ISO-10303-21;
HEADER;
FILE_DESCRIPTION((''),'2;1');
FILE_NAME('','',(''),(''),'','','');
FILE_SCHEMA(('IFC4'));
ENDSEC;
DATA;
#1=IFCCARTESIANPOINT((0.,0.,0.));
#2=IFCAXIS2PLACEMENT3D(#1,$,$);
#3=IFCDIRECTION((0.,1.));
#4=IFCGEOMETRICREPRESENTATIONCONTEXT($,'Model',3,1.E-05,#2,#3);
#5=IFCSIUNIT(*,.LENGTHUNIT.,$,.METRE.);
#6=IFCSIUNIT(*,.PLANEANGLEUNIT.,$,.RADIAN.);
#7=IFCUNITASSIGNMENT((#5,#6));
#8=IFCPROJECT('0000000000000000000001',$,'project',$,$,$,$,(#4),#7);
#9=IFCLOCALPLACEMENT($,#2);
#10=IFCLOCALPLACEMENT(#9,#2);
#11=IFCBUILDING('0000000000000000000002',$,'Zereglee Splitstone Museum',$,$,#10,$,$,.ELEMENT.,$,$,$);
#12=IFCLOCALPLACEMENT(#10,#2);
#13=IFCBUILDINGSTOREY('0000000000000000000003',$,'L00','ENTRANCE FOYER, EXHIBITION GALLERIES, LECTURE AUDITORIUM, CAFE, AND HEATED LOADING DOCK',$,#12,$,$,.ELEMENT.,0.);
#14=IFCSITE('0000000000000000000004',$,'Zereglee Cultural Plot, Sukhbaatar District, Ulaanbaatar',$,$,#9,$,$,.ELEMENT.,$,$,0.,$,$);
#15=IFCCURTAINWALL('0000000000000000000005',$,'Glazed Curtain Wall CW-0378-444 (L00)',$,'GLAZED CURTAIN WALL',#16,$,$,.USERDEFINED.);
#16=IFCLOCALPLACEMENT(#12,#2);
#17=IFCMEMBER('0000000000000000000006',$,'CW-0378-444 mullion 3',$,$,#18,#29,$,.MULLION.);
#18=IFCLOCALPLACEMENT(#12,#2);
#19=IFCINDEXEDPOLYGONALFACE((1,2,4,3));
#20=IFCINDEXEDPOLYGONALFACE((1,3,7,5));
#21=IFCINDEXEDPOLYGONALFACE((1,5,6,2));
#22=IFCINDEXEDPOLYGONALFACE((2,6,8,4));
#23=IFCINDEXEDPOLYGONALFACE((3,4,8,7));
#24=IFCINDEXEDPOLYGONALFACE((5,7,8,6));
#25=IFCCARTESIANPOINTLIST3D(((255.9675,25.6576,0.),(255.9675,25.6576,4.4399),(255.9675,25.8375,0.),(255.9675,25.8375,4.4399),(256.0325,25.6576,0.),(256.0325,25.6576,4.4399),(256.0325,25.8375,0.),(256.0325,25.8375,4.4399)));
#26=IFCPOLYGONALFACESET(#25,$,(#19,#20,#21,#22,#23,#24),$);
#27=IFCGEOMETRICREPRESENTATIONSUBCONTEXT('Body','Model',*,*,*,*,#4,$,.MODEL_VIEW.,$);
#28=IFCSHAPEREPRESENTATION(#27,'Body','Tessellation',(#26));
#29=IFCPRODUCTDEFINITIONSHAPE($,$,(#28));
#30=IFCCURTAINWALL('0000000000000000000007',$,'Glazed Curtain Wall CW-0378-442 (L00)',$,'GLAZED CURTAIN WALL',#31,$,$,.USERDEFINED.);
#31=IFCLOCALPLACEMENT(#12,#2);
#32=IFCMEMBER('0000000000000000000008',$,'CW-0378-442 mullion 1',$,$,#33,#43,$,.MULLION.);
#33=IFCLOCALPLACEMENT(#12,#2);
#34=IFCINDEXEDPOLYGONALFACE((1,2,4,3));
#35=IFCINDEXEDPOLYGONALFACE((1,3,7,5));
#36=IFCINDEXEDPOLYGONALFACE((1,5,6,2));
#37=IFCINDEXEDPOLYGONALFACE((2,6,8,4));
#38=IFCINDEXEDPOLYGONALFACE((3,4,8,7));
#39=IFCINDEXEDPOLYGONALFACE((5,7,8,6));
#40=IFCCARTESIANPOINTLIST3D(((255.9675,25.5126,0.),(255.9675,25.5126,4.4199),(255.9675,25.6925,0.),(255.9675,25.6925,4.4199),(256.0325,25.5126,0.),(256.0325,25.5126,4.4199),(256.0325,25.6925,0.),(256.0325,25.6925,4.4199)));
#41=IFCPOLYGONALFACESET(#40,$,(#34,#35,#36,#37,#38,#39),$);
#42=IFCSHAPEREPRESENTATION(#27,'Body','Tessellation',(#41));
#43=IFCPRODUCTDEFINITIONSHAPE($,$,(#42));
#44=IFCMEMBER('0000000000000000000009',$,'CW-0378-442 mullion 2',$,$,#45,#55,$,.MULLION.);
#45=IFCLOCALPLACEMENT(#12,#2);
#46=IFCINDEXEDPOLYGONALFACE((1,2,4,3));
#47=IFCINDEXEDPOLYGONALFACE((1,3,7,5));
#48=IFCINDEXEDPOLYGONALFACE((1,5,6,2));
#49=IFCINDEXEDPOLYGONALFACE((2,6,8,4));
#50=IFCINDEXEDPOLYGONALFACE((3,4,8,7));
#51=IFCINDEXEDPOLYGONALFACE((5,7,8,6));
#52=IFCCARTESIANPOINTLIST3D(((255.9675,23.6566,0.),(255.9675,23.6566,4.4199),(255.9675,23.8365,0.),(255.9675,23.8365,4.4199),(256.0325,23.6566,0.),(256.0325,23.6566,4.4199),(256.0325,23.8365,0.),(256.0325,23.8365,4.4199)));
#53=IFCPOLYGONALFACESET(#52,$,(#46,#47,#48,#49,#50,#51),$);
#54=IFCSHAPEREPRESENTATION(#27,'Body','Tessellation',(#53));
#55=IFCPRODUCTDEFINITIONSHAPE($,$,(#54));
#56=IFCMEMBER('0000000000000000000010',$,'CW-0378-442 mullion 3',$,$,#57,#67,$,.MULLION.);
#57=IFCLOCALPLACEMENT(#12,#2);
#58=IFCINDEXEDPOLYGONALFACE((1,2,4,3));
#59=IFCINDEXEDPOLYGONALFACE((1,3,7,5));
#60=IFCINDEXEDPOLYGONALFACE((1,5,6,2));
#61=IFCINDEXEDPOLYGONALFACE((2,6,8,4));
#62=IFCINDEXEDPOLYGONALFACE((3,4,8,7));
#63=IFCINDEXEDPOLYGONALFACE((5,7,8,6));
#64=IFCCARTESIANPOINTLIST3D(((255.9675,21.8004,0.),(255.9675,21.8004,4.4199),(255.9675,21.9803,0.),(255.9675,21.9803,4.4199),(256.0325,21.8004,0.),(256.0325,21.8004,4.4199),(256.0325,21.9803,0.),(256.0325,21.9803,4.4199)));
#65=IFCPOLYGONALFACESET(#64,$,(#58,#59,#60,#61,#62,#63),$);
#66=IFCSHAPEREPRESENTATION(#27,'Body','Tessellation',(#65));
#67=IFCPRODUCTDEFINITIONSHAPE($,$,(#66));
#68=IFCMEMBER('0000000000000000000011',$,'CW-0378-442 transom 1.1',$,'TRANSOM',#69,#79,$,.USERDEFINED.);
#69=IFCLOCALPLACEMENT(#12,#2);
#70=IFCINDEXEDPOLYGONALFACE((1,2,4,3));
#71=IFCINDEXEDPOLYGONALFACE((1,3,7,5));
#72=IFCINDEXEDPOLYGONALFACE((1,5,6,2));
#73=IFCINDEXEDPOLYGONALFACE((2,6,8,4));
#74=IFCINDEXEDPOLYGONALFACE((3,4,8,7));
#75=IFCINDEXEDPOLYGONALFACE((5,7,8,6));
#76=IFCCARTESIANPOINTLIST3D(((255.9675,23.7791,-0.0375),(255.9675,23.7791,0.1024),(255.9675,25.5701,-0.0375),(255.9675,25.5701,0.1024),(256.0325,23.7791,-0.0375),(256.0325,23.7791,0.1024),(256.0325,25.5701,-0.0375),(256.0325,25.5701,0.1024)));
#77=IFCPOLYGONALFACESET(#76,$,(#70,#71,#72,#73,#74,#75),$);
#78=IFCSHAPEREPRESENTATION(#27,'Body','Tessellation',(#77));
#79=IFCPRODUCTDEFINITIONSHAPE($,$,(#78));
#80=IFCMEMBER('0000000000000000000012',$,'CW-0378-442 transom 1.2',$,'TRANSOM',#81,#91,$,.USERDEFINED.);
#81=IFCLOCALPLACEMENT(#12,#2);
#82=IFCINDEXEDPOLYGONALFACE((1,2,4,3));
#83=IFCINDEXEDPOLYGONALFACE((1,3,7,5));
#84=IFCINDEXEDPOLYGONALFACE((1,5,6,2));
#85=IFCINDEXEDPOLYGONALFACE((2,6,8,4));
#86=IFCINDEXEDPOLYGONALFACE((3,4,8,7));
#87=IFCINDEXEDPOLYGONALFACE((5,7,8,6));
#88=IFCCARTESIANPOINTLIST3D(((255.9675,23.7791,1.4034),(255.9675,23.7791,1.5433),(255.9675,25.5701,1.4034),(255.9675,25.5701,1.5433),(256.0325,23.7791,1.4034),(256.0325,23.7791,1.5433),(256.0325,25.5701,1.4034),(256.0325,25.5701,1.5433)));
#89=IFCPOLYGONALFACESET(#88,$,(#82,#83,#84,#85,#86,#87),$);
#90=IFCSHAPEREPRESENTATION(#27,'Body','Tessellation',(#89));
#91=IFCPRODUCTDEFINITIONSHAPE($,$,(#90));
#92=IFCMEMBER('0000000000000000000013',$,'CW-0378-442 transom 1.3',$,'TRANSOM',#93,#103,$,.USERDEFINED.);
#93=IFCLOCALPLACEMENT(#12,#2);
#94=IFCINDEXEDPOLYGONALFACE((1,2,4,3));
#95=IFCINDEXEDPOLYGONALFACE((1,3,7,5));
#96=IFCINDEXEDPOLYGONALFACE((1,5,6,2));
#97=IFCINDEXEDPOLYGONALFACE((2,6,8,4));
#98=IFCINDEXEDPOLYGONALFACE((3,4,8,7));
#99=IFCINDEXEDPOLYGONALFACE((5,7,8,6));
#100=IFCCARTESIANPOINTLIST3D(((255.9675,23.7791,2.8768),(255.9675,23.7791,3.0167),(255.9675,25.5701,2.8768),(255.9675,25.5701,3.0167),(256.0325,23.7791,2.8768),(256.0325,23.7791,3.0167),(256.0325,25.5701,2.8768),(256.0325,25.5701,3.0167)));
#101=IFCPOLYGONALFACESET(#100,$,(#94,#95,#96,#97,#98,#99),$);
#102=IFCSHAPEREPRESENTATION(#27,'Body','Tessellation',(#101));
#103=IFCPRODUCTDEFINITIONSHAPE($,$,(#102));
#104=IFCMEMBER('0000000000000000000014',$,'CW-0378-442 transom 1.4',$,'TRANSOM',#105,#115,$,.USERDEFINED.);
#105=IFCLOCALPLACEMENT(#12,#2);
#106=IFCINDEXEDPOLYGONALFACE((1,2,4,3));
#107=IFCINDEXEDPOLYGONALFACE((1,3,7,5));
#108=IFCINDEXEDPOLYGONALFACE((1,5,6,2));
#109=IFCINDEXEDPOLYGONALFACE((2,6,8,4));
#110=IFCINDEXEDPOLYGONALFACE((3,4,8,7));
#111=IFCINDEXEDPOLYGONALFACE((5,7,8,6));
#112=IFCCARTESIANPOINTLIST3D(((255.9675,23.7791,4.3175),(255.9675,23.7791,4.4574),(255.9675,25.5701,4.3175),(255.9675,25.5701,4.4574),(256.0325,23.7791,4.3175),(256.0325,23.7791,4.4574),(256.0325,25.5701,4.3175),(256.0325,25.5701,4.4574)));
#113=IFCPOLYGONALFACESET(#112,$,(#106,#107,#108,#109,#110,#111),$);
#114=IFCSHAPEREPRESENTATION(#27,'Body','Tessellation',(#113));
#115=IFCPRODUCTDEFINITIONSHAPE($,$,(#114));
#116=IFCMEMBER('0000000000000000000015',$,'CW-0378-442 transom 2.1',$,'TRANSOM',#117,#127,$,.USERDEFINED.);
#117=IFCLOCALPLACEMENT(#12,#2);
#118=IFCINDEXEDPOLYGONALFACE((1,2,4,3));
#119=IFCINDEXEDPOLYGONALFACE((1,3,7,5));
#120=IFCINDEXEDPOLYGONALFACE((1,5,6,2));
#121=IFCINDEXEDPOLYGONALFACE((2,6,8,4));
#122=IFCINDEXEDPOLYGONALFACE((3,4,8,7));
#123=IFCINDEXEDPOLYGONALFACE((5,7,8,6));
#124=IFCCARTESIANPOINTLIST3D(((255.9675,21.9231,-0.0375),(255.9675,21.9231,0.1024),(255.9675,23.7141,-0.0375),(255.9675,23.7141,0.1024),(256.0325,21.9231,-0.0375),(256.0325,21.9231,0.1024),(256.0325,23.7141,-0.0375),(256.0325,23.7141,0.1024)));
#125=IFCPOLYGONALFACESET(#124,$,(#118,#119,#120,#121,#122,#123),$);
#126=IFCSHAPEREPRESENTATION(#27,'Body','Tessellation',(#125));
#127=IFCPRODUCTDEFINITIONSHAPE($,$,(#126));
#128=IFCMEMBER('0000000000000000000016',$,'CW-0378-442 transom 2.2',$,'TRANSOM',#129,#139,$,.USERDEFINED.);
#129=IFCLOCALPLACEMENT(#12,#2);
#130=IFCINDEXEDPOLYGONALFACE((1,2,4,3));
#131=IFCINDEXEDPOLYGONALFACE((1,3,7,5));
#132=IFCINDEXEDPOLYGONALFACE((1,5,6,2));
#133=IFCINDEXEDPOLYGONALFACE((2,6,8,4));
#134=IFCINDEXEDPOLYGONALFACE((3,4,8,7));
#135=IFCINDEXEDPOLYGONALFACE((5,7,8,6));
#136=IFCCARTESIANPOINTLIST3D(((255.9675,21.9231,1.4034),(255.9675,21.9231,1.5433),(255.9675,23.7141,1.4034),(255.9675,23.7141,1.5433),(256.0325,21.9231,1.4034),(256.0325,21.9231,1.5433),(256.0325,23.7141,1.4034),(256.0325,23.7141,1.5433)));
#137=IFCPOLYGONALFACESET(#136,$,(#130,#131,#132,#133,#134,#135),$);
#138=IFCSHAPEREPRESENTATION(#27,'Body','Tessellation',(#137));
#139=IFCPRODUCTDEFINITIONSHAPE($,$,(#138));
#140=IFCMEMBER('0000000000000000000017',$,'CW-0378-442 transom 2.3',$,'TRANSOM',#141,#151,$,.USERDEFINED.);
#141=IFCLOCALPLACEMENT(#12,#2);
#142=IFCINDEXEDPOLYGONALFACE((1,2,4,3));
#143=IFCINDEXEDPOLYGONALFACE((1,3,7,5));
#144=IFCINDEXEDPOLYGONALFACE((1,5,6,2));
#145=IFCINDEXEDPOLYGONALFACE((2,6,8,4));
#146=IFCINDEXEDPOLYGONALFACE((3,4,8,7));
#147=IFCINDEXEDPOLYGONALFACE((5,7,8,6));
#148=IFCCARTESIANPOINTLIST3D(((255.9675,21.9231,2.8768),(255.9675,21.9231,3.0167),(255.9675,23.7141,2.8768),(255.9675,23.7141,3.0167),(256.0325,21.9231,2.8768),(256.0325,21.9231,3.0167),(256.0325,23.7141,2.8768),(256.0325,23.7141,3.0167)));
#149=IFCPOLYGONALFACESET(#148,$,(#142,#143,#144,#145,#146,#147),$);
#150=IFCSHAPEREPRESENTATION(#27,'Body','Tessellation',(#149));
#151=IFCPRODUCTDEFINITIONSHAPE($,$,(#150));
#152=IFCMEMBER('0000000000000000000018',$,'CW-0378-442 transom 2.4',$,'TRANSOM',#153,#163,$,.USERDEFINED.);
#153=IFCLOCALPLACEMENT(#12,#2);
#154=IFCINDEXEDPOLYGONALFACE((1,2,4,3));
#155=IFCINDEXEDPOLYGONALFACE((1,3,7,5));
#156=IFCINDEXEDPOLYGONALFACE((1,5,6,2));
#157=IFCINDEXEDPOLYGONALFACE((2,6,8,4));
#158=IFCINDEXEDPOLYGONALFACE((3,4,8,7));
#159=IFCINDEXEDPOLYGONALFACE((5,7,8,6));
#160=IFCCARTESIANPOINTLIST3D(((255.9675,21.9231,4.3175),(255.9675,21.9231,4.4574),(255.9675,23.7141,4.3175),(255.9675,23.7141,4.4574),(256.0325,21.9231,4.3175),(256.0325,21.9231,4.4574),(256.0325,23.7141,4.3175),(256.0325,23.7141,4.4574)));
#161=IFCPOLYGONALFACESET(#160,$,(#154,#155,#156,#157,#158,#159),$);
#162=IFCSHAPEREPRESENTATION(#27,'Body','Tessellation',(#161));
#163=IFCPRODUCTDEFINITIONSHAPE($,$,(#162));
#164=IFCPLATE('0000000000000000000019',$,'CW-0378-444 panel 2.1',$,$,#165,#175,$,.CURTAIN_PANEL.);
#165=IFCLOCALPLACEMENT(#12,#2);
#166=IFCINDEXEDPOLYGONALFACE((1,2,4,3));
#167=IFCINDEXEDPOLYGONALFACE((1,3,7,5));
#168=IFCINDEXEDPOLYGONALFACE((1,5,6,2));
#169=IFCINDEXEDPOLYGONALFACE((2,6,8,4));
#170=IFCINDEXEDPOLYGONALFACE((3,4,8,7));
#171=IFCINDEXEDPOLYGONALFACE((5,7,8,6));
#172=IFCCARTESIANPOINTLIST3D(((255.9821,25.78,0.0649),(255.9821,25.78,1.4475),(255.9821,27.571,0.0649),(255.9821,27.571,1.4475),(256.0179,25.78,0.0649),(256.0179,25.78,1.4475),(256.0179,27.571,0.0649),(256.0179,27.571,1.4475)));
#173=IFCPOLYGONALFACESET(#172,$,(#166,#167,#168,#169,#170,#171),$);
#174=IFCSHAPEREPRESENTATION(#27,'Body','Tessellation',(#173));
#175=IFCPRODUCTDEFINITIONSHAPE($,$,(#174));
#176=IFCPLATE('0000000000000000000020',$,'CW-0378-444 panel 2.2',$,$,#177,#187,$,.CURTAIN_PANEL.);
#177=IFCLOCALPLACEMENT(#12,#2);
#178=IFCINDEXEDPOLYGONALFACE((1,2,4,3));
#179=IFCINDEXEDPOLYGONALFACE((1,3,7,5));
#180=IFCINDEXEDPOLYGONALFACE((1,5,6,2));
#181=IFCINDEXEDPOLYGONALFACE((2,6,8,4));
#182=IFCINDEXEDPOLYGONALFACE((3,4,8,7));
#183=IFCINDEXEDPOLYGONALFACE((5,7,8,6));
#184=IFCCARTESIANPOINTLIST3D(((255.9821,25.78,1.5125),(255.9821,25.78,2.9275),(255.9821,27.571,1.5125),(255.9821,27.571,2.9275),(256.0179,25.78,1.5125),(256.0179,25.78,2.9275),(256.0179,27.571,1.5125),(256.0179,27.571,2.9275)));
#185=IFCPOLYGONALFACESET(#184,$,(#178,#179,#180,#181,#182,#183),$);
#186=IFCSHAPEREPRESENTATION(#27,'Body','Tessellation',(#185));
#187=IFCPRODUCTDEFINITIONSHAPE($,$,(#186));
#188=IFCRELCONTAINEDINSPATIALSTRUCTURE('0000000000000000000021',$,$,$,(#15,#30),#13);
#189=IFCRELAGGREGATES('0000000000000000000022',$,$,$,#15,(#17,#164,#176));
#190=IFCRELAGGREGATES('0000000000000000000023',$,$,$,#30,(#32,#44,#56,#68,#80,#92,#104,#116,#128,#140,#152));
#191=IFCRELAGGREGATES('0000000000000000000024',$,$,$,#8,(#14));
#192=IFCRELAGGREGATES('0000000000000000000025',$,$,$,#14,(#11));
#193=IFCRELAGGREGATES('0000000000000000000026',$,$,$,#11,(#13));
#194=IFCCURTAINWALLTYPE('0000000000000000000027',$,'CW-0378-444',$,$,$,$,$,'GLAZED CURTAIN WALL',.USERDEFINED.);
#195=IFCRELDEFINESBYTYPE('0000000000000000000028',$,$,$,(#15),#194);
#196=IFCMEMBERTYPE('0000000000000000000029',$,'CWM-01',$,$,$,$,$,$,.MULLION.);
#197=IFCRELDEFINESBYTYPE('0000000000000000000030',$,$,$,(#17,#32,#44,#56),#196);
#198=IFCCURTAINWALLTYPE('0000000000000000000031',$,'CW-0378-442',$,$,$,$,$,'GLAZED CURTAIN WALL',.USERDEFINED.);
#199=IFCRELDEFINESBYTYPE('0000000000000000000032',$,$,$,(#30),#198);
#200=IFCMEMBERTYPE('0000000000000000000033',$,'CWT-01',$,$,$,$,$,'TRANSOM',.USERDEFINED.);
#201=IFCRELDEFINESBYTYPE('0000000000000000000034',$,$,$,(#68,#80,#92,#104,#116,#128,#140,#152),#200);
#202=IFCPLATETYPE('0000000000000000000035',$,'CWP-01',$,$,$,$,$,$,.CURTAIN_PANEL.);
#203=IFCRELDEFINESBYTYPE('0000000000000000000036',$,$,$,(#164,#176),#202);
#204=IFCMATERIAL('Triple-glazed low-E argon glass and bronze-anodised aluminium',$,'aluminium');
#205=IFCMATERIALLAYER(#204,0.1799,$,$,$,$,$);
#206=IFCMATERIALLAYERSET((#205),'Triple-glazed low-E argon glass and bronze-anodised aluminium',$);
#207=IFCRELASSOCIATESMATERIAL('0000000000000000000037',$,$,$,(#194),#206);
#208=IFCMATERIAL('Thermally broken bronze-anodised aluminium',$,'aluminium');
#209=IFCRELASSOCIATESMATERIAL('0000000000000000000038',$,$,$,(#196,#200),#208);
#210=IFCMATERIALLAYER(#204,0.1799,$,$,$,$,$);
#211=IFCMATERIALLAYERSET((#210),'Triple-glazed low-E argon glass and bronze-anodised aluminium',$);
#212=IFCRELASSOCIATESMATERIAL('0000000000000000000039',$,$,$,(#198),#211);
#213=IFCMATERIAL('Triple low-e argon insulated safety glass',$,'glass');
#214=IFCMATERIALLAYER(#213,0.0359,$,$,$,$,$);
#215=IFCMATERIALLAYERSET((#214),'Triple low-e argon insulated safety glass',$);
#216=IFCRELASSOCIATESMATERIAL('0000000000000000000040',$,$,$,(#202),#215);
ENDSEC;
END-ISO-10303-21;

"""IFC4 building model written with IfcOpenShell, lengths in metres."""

from ifc_helpers import new_model, si_unit, direction, frame, origin, origin_2d, place, context, subcontext, project, spatial, rectangle, extrude, material, layer, layer_set, material_profile, profile_set, type_object, element, aggregate, save


model = new_model("IFC4")

# Units and contexts
model_context = context("Model", 3, precision=1e-05, world=origin(), true_north=direction((0.0, 1.0)))
body_context = subcontext(model_context, "Body", "Model", "MODEL_VIEW")
ifc_project = project(units=[si_unit("LENGTHUNIT", "METRE"), si_unit("PLANEANGLEUNIT", "RADIAN")], contexts=[model_context])

# Site, building, storey
site_placement = place(None, origin())
site = spatial("IfcSite", under=ifc_project, at=site_placement, Name="Zereglee Cultural Plot, Sukhbaatar District, Ulaanbaatar", CompositionType="ELEMENT", RefElevation=0.0)
building_placement = place(site_placement, origin())
building = spatial("IfcBuilding", under=site, at=building_placement, Name="Zereglee Splitstone Museum", CompositionType="ELEMENT")
storey_placement = place(building_placement, origin())
storey = spatial("IfcBuildingStorey", under=building, at=storey_placement, Name="L00", Description="ENTRANCE FOYER, EXHIBITION GALLERIES, LECTURE AUDITORIUM, CAFE, AND HEATED LOADING DOCK", CompositionType="ELEMENT", Elevation=0.0)

# Curtain wall, member
ifc_material_1 = material(Name="Triple-glazed low-E argon glass and bronze-anodised aluminium", Category="aluminium")
ifc_layer_1 = layer(ifc_material_1, 0.1799)
ifc_layer_set_1 = layer_set([ifc_layer_1], Name="Triple-glazed low-E argon glass and bronze-anodised aluminium")
curtain_wall_type_1 = type_object("IfcCurtainWallType", Name="CW-0378-444", ElementType="GLAZED CURTAIN WALL", PredefinedType="USERDEFINED", material=ifc_layer_set_1)
curtain_wall_1_placement = place(storey_placement, origin())
curtain_wall_1 = element("IfcCurtainWall", 1, at=curtain_wall_1_placement, inside=storey, type_object=curtain_wall_type_1, Name="Glazed Curtain Wall CW-0378-444 (L00)", ObjectType="GLAZED CURTAIN WALL", PredefinedType="USERDEFINED")
ifc_material_2 = material(Name="Thermally broken bronze-anodised aluminium", Category="aluminium")
ifc_material_profile_1 = material_profile(ifc_material_2, rectangle(XDim=0.0649, YDim=0.1799, at=origin_2d()), Name="CW MULL 65x180")
ifc_profile_set_1 = profile_set([ifc_material_profile_1], Name="Thermally broken bronze-anodised aluminium")
member_type_1 = type_object("IfcMemberType", Name="CWM-01", PredefinedType="MULLION", material=ifc_profile_set_1)
member_1_placement = place(storey_placement, frame((256.0, 25.7476, 0.0), z_axis=(0.0, 0.0, 1.0), x_axis=(1.0, 0.0, 0.0)))
member_1 = element("IfcMember", 2, at=member_1_placement, type_object=member_type_1, Name="CW-0378-444 mullion 3", PredefinedType="MULLION", context=body_context, shape_type="SweptSolid", body=[
    extrude(rectangle(XDim=0.0649, YDim=0.1799, at=origin_2d()), origin(), (0.0, 0.0, 1.0), 4.4399),
])

# Curtain wall, members
ifc_layer_2 = layer(ifc_material_1, 0.1799)
ifc_layer_set_2 = layer_set([ifc_layer_2], Name="Triple-glazed low-E argon glass and bronze-anodised aluminium")
curtain_wall_type_2 = type_object("IfcCurtainWallType", Name="CW-0378-442", ElementType="GLAZED CURTAIN WALL", PredefinedType="USERDEFINED", material=ifc_layer_set_2)
curtain_wall_2_placement = place(storey_placement, origin())
curtain_wall_2 = element("IfcCurtainWall", 3, at=curtain_wall_2_placement, inside=storey, type_object=curtain_wall_type_2, Name="Glazed Curtain Wall CW-0378-442 (L00)", ObjectType="GLAZED CURTAIN WALL", PredefinedType="USERDEFINED")
member_2_placement = place(storey_placement, frame((256.0, 25.6025, 0.0), z_axis=(0.0, 0.0, 1.0), x_axis=(1.0, 0.0, 0.0)))
member_2 = element("IfcMember", 4, at=member_2_placement, type_object=member_type_1, Name="CW-0378-442 mullion 1", PredefinedType="MULLION", context=body_context, shape_type="SweptSolid", body=[
    extrude(rectangle(XDim=0.0649, YDim=0.1799, at=origin_2d()), origin(), (0.0, 0.0, 1.0), 4.4199),
])
member_3_placement = place(storey_placement, frame((256.0, 23.7466, 0.0), z_axis=(0.0, 0.0, 1.0), x_axis=(1.0, 0.0, 0.0)))
member_3 = element("IfcMember", 5, at=member_3_placement, type_object=member_type_1, Name="CW-0378-442 mullion 2", PredefinedType="MULLION", context=body_context, shape_type="SweptSolid", body=[
    extrude(rectangle(XDim=0.0649, YDim=0.1799, at=origin_2d()), origin(), (0.0, 0.0, 1.0), 4.4199),
])
member_4_placement = place(storey_placement, frame((256.0, 21.8904, 0.0), z_axis=(0.0, 0.0, 1.0), x_axis=(1.0, 0.0, 0.0)))
member_4 = element("IfcMember", 6, at=member_4_placement, type_object=member_type_1, Name="CW-0378-442 mullion 3", PredefinedType="MULLION", context=body_context, shape_type="SweptSolid", body=[
    extrude(rectangle(XDim=0.0649, YDim=0.1799, at=origin_2d()), origin(), (0.0, 0.0, 1.0), 4.4199),
])
ifc_material_profile_2 = material_profile(ifc_material_2, rectangle(XDim=0.0649, YDim=0.1399, at=origin_2d()), Name="CW TRAN 65x140")
ifc_profile_set_2 = profile_set([ifc_material_profile_2], Name="Thermally broken bronze-anodised aluminium")
member_type_2 = type_object("IfcMemberType", Name="CWT-01", ElementType="TRANSOM", PredefinedType="USERDEFINED", material=ifc_profile_set_2)
member_5_placement = place(storey_placement, frame((256.0, 25.5701, 0.0325), z_axis=(0.0, -1.0, 0.0), x_axis=(1.0, 0.0, 0.0)))
member_5 = element("IfcMember", 7, at=member_5_placement, type_object=member_type_2, Name="CW-0378-442 transom 1.1", ObjectType="TRANSOM", PredefinedType="USERDEFINED", context=body_context, shape_type="SweptSolid", body=[
    extrude(rectangle(XDim=0.0649, YDim=0.1399, at=origin_2d()), origin(), (0.0, 0.0, 1.0), 1.791),
])
member_6_placement = place(storey_placement, frame((256.0, 25.5701, 1.4734), z_axis=(0.0, -1.0, 0.0), x_axis=(1.0, 0.0, 0.0)))
member_6 = element("IfcMember", 8, at=member_6_placement, type_object=member_type_2, Name="CW-0378-442 transom 1.2", ObjectType="TRANSOM", PredefinedType="USERDEFINED", context=body_context, shape_type="SweptSolid", body=[
    extrude(rectangle(XDim=0.0649, YDim=0.1399, at=origin_2d()), origin(), (0.0, 0.0, 1.0), 1.791),
])
member_7_placement = place(storey_placement, frame((256.0, 25.5701, 2.9468), z_axis=(0.0, -1.0, 0.0), x_axis=(1.0, 0.0, 0.0)))
member_7 = element("IfcMember", 9, at=member_7_placement, type_object=member_type_2, Name="CW-0378-442 transom 1.3", ObjectType="TRANSOM", PredefinedType="USERDEFINED", context=body_context, shape_type="SweptSolid", body=[
    extrude(rectangle(XDim=0.0649, YDim=0.1399, at=origin_2d()), origin(), (0.0, 0.0, 1.0), 1.791),
])
member_8_placement = place(storey_placement, frame((256.0, 25.5701, 4.3875), z_axis=(0.0, -1.0, 0.0), x_axis=(1.0, 0.0, 0.0)))
member_8 = element("IfcMember", 10, at=member_8_placement, type_object=member_type_2, Name="CW-0378-442 transom 1.4", ObjectType="TRANSOM", PredefinedType="USERDEFINED", context=body_context, shape_type="SweptSolid", body=[
    extrude(rectangle(XDim=0.0649, YDim=0.1399, at=origin_2d()), origin(), (0.0, 0.0, 1.0), 1.791),
])
member_9_placement = place(storey_placement, frame((256.0, 23.7141, 0.0325), z_axis=(0.0, -1.0, 0.0), x_axis=(1.0, 0.0, 0.0)))
member_9 = element("IfcMember", 11, at=member_9_placement, type_object=member_type_2, Name="CW-0378-442 transom 2.1", ObjectType="TRANSOM", PredefinedType="USERDEFINED", context=body_context, shape_type="SweptSolid", body=[
    extrude(rectangle(XDim=0.0649, YDim=0.1399, at=origin_2d()), origin(), (0.0, 0.0, 1.0), 1.791),
])
member_10_placement = place(storey_placement, frame((256.0, 23.7141, 1.4734), z_axis=(0.0, -1.0, 0.0), x_axis=(1.0, 0.0, 0.0)))
member_10 = element("IfcMember", 12, at=member_10_placement, type_object=member_type_2, Name="CW-0378-442 transom 2.2", ObjectType="TRANSOM", PredefinedType="USERDEFINED", context=body_context, shape_type="SweptSolid", body=[
    extrude(rectangle(XDim=0.0649, YDim=0.1399, at=origin_2d()), origin(), (0.0, 0.0, 1.0), 1.791),
])
member_11_placement = place(storey_placement, frame((256.0, 23.7141, 2.9468), z_axis=(0.0, -1.0, 0.0), x_axis=(1.0, 0.0, 0.0)))
member_11 = element("IfcMember", 13, at=member_11_placement, type_object=member_type_2, Name="CW-0378-442 transom 2.3", ObjectType="TRANSOM", PredefinedType="USERDEFINED", context=body_context, shape_type="SweptSolid", body=[
    extrude(rectangle(XDim=0.0649, YDim=0.1399, at=origin_2d()), origin(), (0.0, 0.0, 1.0), 1.791),
])
member_12_placement = place(storey_placement, frame((256.0, 23.7141, 4.3875), z_axis=(0.0, -1.0, 0.0), x_axis=(1.0, 0.0, 0.0)))
member_12 = element("IfcMember", 14, at=member_12_placement, type_object=member_type_2, Name="CW-0378-442 transom 2.4", ObjectType="TRANSOM", PredefinedType="USERDEFINED", context=body_context, shape_type="SweptSolid", body=[
    extrude(rectangle(XDim=0.0649, YDim=0.1399, at=origin_2d()), origin(), (0.0, 0.0, 1.0), 1.791),
])

# Plates
ifc_material_3 = material(Name="Triple low-e argon insulated safety glass", Category="glass")
ifc_layer_3 = layer(ifc_material_3, 0.0359)
ifc_layer_set_3 = layer_set([ifc_layer_3], Name="Triple low-e argon insulated safety glass")
plate_type = type_object("IfcPlateType", Name="CWP-01", PredefinedType="CURTAIN_PANEL", material=ifc_layer_set_3)
plate_1_placement = place(storey_placement, frame((256.0, 26.6755, 0.0649), z_axis=(0.0, 0.0, 1.0), x_axis=(0.0, -1.0, 0.0)))
plate_1 = element("IfcPlate", 15, at=plate_1_placement, type_object=plate_type, Name="CW-0378-444 panel 2.1", PredefinedType="CURTAIN_PANEL", context=body_context, shape_type="SweptSolid", body=[
    extrude(rectangle(XDim=1.791, YDim=0.0359, at=origin_2d()), origin(), (0.0, 0.0, 1.0), 1.3826),
])
plate_2_placement = place(storey_placement, frame((256.0, 26.6755, 1.5125), z_axis=(0.0, 0.0, 1.0), x_axis=(0.0, -1.0, 0.0)))
plate_2 = element("IfcPlate", 16, at=plate_2_placement, type_object=plate_type, Name="CW-0378-444 panel 2.2", PredefinedType="CURTAIN_PANEL", context=body_context, shape_type="SweptSolid", body=[
    extrude(rectangle(XDim=1.791, YDim=0.0359, at=origin_2d()), origin(), (0.0, 0.0, 1.0), 1.415),
])
aggregate(curtain_wall_1, [member_1, plate_1, plate_2])
aggregate(curtain_wall_2, [member_2, member_3, member_4, member_5, member_6, member_7, member_8, member_9, member_10, member_11, member_12])

save(model, "model.ifc")
